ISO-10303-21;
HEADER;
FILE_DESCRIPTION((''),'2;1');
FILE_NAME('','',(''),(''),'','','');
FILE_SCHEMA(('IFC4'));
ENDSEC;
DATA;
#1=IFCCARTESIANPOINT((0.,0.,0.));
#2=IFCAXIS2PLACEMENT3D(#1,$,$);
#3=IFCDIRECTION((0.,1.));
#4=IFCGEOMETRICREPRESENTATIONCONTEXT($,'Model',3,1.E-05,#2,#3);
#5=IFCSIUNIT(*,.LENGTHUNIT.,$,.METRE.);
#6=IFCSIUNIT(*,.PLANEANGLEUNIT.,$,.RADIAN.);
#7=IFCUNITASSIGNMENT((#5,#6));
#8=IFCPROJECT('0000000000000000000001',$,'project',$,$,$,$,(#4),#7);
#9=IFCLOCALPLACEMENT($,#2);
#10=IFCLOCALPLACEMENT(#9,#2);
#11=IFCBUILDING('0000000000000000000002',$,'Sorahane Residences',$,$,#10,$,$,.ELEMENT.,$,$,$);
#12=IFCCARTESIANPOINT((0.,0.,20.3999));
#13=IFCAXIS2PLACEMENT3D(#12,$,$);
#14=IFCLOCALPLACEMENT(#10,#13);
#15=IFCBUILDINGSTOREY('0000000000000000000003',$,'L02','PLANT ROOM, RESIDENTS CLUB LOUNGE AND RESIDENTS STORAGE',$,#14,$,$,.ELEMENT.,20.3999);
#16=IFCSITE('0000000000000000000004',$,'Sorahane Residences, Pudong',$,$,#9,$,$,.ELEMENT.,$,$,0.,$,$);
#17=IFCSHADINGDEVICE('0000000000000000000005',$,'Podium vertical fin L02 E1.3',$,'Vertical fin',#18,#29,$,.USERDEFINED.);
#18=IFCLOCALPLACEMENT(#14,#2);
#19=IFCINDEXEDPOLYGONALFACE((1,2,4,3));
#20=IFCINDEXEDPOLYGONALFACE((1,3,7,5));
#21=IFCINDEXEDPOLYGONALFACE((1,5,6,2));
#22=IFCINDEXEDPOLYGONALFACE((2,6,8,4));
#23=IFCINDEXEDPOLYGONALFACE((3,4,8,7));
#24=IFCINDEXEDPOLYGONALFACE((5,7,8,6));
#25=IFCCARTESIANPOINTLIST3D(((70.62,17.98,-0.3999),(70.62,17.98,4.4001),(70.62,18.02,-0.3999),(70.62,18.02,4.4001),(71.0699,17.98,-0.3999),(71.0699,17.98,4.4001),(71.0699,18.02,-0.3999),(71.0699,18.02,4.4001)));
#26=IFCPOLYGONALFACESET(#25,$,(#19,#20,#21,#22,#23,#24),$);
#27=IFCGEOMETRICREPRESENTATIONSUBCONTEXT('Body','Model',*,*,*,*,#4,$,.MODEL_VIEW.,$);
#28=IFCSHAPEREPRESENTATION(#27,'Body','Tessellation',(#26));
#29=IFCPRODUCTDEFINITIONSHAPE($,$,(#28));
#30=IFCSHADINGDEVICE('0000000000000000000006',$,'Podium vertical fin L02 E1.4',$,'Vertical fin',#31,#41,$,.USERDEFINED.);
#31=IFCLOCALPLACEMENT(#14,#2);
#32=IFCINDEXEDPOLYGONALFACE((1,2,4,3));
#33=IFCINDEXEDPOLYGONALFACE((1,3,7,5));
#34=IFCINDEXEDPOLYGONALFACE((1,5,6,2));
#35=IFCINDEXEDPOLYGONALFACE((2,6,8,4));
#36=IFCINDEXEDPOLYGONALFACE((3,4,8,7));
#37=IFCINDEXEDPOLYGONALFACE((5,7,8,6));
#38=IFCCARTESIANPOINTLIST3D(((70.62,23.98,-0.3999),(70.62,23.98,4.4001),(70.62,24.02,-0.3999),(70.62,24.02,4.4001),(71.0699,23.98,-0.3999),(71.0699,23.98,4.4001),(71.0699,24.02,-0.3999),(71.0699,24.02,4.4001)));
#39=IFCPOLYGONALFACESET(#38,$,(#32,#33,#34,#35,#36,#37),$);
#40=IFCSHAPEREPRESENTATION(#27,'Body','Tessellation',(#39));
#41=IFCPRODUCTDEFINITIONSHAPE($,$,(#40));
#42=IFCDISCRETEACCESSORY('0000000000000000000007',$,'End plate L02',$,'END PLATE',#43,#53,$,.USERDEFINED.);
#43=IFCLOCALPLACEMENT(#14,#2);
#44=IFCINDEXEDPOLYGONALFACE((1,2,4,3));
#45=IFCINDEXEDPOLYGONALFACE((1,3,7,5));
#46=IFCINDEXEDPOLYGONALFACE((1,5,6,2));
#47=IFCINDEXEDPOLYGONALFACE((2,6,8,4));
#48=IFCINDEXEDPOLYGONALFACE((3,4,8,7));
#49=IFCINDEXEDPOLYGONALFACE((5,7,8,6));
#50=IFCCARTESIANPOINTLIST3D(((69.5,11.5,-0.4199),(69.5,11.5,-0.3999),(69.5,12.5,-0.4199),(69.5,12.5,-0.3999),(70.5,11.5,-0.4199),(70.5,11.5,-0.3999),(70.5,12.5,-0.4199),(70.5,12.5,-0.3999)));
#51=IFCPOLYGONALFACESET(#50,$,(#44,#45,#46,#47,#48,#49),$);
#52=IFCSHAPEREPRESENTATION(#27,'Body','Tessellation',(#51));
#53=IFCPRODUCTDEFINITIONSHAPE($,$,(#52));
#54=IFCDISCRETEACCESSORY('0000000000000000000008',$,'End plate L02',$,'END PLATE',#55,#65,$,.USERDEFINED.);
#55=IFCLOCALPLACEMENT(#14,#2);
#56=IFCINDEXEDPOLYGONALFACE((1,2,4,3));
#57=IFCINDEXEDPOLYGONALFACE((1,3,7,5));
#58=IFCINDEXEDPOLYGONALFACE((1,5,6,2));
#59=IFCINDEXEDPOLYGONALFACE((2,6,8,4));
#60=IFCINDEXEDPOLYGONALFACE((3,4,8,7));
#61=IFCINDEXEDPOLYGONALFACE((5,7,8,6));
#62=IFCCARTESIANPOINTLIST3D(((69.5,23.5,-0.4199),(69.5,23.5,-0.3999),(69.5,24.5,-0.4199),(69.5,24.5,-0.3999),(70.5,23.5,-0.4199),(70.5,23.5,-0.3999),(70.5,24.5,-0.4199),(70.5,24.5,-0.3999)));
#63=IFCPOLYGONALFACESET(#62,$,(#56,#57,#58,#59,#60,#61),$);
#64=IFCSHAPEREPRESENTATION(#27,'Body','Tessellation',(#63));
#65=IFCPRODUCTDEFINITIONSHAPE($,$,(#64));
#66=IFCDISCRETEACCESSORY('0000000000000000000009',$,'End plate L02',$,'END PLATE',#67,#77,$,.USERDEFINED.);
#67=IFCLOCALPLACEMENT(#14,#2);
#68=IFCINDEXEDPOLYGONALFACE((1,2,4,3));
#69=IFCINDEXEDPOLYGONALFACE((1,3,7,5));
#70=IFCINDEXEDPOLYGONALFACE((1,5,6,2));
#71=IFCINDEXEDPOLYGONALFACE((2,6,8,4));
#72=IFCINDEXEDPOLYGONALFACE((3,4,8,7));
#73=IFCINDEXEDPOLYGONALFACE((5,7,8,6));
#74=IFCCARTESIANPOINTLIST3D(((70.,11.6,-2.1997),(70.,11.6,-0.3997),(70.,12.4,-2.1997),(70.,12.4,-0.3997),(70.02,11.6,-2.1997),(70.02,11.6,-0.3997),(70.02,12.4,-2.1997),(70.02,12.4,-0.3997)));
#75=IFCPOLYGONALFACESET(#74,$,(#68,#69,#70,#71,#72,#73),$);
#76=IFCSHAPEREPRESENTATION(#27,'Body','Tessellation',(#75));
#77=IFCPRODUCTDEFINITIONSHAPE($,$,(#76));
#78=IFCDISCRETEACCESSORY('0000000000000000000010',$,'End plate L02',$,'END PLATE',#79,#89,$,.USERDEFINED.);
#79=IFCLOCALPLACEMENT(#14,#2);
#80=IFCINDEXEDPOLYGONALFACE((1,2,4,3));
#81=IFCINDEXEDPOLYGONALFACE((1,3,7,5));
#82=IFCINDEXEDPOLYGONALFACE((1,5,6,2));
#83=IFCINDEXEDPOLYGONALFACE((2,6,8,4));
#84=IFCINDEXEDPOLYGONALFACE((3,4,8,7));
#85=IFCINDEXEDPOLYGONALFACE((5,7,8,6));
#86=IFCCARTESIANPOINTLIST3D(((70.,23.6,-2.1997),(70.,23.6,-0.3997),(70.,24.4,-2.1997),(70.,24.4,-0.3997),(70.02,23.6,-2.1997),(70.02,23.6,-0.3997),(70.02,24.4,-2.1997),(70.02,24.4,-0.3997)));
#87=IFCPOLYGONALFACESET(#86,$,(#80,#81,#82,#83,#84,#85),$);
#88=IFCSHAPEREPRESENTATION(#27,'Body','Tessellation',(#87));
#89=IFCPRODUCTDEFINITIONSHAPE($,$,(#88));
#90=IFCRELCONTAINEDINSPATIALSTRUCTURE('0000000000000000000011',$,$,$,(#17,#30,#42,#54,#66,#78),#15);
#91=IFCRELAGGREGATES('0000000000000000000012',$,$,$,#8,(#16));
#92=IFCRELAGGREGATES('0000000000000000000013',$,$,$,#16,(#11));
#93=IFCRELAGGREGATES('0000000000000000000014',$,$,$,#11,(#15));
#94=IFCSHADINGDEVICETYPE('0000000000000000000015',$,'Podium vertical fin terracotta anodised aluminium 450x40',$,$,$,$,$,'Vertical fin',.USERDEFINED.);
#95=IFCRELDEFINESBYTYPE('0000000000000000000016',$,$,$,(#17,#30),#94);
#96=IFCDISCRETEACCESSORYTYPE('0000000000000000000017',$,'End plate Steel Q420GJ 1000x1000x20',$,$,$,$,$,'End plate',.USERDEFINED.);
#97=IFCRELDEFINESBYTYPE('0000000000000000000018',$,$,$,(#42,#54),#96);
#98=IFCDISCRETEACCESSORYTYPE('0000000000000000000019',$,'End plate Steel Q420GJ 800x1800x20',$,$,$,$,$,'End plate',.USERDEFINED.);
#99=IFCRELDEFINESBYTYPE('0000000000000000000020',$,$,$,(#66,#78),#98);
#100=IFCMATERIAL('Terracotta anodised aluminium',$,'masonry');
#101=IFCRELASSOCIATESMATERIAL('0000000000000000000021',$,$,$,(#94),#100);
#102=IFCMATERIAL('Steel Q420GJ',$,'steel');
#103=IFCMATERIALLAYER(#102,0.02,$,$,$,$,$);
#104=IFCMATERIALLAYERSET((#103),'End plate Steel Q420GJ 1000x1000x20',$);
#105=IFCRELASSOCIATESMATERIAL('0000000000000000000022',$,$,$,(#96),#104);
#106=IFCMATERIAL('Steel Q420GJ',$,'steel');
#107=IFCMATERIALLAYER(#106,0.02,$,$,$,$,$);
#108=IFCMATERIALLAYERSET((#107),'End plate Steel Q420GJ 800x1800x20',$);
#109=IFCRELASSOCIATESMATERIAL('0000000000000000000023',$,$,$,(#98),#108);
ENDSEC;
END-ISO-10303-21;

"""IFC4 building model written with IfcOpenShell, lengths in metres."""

from ifc_helpers import new_model, si_unit, direction, frame, origin, origin_2d, place, context, subcontext, project, spatial, rectangle, extrude, material, layer, layer_set, material_profile, profile_set, type_object, element, save


model = new_model("IFC4")

# Units and contexts
model_context = context("Model", 3, precision=1e-05, world=origin(), true_north=direction((0.0, 1.0)))
body_context = subcontext(model_context, "Body", "Model", "MODEL_VIEW")
ifc_project = project(units=[si_unit("LENGTHUNIT", "METRE"), si_unit("PLANEANGLEUNIT", "RADIAN")], contexts=[model_context])

# Site, building, storey
site_placement = place(None, origin())
site = spatial("IfcSite", under=ifc_project, at=site_placement, Name="Sorahane Residences, Pudong", CompositionType="ELEMENT", RefElevation=0.0)
building_placement = place(site_placement, origin())
building = spatial("IfcBuilding", under=site, at=building_placement, Name="Sorahane Residences", CompositionType="ELEMENT")
storey_placement = place(building_placement, frame((0.0, 0.0, 20.3999)))
storey = spatial("IfcBuildingStorey", under=building, at=storey_placement, Name="L02", Description="PLANT ROOM, RESIDENTS CLUB LOUNGE AND RESIDENTS STORAGE", CompositionType="ELEMENT", Elevation=20.3999)

# Shading devices
ifc_material_1 = material(Name="Terracotta anodised aluminium", Category="masonry")
ifc_material_profile_1 = material_profile(ifc_material_1, rectangle(XDim=0.45, YDim=0.04, at=origin_2d()), Name="Podium vertical fin terracotta anodised aluminium 450x40")
ifc_profile_set_1 = profile_set([ifc_material_profile_1], Name="Terracotta anodised aluminium")
shading_device_type = type_object("IfcShadingDeviceType", Name="Podium vertical fin terracotta anodised aluminium 450x40", ElementType="Vertical fin", PredefinedType="USERDEFINED", material=ifc_profile_set_1)
for number, where, z_axis, x_axis, name in (
    (1, (70.845, 18.0, -0.3999), (0.0, 0.0, 1.0), (1.0, 0.0, 0.0), "Podium vertical fin L02 E1.3"),
    (2, (70.845, 24.0, -0.3999), (0.0, 0.0, 1.0), (1.0, 0.0, 0.0), "Podium vertical fin L02 E1.4"),
):
    element("IfcShadingDevice", number, at=place(storey_placement, frame(where, z_axis=z_axis, x_axis=x_axis)), inside=storey, type_object=shading_device_type, Name=name, ObjectType="Vertical fin", PredefinedType="USERDEFINED", context=body_context, shape_type="SweptSolid", body=[
        extrude(rectangle(XDim=0.45, YDim=0.04, at=origin_2d()), origin(), (0.0, 0.0, 1.0), 4.8),
    ])

# Discrete accessories
ifc_material_2 = material(Name="Steel Q420GJ", Category="steel")
ifc_layer_1 = layer(ifc_material_2, 0.02)
ifc_layer_set_1 = layer_set([ifc_layer_1], Name="End plate Steel Q420GJ 1000x1000x20")
discrete_accessory_type_1 = type_object("IfcDiscreteAccessoryType", Name="End plate Steel Q420GJ 1000x1000x20", ElementType="End plate", PredefinedType="USERDEFINED", material=ifc_layer_set_1)
for number, where, z_axis, x_axis, name in (
    (3, (70.0, 12.0, -0.4199), (0.0, 0.0, 1.0), (1.0, 0.0, 0.0), "End plate L02"),
    (4, (70.0, 24.0, -0.4199), (0.0, 0.0, 1.0), (1.0, 0.0, 0.0), "End plate L02"),
):
    element("IfcDiscreteAccessory", number, at=place(storey_placement, frame(where, z_axis=z_axis, x_axis=x_axis)), inside=storey, type_object=discrete_accessory_type_1, Name=name, ObjectType="END PLATE", PredefinedType="USERDEFINED", context=body_context, shape_type="SweptSolid", body=[
        extrude(rectangle(XDim=1.0, YDim=1.0, at=origin_2d()), origin(), (0.0, 0.0, 1.0), 0.02),
    ])
ifc_material_3 = material(Name="Steel Q420GJ", Category="steel")
ifc_layer_2 = layer(ifc_material_3, 0.02)
ifc_layer_set_2 = layer_set([ifc_layer_2], Name="End plate Steel Q420GJ 800x1800x20")
discrete_accessory_type_2 = type_object("IfcDiscreteAccessoryType", Name="End plate Steel Q420GJ 800x1800x20", ElementType="End plate", PredefinedType="USERDEFINED", material=ifc_layer_set_2)
for number, where, z_axis, x_axis, name in (
    (5, (70.01, 12.0, -2.1997), (0.0, 0.0, 1.0), (1.0, 0.0, 0.0), "End plate L02"),
    (6, (70.01, 24.0, -2.1997), (0.0, 0.0, 1.0), (1.0, 0.0, 0.0), "End plate L02"),
):
    element("IfcDiscreteAccessory", number, at=place(storey_placement, frame(where, z_axis=z_axis, x_axis=x_axis)), inside=storey, type_object=discrete_accessory_type_2, Name=name, ObjectType="END PLATE", PredefinedType="USERDEFINED", context=body_context, shape_type="SweptSolid", body=[
        extrude(rectangle(XDim=0.02, YDim=0.8, at=origin_2d()), origin(), (0.0, 0.0, 1.0), 1.8),
    ])

save(model, "model.ifc")
